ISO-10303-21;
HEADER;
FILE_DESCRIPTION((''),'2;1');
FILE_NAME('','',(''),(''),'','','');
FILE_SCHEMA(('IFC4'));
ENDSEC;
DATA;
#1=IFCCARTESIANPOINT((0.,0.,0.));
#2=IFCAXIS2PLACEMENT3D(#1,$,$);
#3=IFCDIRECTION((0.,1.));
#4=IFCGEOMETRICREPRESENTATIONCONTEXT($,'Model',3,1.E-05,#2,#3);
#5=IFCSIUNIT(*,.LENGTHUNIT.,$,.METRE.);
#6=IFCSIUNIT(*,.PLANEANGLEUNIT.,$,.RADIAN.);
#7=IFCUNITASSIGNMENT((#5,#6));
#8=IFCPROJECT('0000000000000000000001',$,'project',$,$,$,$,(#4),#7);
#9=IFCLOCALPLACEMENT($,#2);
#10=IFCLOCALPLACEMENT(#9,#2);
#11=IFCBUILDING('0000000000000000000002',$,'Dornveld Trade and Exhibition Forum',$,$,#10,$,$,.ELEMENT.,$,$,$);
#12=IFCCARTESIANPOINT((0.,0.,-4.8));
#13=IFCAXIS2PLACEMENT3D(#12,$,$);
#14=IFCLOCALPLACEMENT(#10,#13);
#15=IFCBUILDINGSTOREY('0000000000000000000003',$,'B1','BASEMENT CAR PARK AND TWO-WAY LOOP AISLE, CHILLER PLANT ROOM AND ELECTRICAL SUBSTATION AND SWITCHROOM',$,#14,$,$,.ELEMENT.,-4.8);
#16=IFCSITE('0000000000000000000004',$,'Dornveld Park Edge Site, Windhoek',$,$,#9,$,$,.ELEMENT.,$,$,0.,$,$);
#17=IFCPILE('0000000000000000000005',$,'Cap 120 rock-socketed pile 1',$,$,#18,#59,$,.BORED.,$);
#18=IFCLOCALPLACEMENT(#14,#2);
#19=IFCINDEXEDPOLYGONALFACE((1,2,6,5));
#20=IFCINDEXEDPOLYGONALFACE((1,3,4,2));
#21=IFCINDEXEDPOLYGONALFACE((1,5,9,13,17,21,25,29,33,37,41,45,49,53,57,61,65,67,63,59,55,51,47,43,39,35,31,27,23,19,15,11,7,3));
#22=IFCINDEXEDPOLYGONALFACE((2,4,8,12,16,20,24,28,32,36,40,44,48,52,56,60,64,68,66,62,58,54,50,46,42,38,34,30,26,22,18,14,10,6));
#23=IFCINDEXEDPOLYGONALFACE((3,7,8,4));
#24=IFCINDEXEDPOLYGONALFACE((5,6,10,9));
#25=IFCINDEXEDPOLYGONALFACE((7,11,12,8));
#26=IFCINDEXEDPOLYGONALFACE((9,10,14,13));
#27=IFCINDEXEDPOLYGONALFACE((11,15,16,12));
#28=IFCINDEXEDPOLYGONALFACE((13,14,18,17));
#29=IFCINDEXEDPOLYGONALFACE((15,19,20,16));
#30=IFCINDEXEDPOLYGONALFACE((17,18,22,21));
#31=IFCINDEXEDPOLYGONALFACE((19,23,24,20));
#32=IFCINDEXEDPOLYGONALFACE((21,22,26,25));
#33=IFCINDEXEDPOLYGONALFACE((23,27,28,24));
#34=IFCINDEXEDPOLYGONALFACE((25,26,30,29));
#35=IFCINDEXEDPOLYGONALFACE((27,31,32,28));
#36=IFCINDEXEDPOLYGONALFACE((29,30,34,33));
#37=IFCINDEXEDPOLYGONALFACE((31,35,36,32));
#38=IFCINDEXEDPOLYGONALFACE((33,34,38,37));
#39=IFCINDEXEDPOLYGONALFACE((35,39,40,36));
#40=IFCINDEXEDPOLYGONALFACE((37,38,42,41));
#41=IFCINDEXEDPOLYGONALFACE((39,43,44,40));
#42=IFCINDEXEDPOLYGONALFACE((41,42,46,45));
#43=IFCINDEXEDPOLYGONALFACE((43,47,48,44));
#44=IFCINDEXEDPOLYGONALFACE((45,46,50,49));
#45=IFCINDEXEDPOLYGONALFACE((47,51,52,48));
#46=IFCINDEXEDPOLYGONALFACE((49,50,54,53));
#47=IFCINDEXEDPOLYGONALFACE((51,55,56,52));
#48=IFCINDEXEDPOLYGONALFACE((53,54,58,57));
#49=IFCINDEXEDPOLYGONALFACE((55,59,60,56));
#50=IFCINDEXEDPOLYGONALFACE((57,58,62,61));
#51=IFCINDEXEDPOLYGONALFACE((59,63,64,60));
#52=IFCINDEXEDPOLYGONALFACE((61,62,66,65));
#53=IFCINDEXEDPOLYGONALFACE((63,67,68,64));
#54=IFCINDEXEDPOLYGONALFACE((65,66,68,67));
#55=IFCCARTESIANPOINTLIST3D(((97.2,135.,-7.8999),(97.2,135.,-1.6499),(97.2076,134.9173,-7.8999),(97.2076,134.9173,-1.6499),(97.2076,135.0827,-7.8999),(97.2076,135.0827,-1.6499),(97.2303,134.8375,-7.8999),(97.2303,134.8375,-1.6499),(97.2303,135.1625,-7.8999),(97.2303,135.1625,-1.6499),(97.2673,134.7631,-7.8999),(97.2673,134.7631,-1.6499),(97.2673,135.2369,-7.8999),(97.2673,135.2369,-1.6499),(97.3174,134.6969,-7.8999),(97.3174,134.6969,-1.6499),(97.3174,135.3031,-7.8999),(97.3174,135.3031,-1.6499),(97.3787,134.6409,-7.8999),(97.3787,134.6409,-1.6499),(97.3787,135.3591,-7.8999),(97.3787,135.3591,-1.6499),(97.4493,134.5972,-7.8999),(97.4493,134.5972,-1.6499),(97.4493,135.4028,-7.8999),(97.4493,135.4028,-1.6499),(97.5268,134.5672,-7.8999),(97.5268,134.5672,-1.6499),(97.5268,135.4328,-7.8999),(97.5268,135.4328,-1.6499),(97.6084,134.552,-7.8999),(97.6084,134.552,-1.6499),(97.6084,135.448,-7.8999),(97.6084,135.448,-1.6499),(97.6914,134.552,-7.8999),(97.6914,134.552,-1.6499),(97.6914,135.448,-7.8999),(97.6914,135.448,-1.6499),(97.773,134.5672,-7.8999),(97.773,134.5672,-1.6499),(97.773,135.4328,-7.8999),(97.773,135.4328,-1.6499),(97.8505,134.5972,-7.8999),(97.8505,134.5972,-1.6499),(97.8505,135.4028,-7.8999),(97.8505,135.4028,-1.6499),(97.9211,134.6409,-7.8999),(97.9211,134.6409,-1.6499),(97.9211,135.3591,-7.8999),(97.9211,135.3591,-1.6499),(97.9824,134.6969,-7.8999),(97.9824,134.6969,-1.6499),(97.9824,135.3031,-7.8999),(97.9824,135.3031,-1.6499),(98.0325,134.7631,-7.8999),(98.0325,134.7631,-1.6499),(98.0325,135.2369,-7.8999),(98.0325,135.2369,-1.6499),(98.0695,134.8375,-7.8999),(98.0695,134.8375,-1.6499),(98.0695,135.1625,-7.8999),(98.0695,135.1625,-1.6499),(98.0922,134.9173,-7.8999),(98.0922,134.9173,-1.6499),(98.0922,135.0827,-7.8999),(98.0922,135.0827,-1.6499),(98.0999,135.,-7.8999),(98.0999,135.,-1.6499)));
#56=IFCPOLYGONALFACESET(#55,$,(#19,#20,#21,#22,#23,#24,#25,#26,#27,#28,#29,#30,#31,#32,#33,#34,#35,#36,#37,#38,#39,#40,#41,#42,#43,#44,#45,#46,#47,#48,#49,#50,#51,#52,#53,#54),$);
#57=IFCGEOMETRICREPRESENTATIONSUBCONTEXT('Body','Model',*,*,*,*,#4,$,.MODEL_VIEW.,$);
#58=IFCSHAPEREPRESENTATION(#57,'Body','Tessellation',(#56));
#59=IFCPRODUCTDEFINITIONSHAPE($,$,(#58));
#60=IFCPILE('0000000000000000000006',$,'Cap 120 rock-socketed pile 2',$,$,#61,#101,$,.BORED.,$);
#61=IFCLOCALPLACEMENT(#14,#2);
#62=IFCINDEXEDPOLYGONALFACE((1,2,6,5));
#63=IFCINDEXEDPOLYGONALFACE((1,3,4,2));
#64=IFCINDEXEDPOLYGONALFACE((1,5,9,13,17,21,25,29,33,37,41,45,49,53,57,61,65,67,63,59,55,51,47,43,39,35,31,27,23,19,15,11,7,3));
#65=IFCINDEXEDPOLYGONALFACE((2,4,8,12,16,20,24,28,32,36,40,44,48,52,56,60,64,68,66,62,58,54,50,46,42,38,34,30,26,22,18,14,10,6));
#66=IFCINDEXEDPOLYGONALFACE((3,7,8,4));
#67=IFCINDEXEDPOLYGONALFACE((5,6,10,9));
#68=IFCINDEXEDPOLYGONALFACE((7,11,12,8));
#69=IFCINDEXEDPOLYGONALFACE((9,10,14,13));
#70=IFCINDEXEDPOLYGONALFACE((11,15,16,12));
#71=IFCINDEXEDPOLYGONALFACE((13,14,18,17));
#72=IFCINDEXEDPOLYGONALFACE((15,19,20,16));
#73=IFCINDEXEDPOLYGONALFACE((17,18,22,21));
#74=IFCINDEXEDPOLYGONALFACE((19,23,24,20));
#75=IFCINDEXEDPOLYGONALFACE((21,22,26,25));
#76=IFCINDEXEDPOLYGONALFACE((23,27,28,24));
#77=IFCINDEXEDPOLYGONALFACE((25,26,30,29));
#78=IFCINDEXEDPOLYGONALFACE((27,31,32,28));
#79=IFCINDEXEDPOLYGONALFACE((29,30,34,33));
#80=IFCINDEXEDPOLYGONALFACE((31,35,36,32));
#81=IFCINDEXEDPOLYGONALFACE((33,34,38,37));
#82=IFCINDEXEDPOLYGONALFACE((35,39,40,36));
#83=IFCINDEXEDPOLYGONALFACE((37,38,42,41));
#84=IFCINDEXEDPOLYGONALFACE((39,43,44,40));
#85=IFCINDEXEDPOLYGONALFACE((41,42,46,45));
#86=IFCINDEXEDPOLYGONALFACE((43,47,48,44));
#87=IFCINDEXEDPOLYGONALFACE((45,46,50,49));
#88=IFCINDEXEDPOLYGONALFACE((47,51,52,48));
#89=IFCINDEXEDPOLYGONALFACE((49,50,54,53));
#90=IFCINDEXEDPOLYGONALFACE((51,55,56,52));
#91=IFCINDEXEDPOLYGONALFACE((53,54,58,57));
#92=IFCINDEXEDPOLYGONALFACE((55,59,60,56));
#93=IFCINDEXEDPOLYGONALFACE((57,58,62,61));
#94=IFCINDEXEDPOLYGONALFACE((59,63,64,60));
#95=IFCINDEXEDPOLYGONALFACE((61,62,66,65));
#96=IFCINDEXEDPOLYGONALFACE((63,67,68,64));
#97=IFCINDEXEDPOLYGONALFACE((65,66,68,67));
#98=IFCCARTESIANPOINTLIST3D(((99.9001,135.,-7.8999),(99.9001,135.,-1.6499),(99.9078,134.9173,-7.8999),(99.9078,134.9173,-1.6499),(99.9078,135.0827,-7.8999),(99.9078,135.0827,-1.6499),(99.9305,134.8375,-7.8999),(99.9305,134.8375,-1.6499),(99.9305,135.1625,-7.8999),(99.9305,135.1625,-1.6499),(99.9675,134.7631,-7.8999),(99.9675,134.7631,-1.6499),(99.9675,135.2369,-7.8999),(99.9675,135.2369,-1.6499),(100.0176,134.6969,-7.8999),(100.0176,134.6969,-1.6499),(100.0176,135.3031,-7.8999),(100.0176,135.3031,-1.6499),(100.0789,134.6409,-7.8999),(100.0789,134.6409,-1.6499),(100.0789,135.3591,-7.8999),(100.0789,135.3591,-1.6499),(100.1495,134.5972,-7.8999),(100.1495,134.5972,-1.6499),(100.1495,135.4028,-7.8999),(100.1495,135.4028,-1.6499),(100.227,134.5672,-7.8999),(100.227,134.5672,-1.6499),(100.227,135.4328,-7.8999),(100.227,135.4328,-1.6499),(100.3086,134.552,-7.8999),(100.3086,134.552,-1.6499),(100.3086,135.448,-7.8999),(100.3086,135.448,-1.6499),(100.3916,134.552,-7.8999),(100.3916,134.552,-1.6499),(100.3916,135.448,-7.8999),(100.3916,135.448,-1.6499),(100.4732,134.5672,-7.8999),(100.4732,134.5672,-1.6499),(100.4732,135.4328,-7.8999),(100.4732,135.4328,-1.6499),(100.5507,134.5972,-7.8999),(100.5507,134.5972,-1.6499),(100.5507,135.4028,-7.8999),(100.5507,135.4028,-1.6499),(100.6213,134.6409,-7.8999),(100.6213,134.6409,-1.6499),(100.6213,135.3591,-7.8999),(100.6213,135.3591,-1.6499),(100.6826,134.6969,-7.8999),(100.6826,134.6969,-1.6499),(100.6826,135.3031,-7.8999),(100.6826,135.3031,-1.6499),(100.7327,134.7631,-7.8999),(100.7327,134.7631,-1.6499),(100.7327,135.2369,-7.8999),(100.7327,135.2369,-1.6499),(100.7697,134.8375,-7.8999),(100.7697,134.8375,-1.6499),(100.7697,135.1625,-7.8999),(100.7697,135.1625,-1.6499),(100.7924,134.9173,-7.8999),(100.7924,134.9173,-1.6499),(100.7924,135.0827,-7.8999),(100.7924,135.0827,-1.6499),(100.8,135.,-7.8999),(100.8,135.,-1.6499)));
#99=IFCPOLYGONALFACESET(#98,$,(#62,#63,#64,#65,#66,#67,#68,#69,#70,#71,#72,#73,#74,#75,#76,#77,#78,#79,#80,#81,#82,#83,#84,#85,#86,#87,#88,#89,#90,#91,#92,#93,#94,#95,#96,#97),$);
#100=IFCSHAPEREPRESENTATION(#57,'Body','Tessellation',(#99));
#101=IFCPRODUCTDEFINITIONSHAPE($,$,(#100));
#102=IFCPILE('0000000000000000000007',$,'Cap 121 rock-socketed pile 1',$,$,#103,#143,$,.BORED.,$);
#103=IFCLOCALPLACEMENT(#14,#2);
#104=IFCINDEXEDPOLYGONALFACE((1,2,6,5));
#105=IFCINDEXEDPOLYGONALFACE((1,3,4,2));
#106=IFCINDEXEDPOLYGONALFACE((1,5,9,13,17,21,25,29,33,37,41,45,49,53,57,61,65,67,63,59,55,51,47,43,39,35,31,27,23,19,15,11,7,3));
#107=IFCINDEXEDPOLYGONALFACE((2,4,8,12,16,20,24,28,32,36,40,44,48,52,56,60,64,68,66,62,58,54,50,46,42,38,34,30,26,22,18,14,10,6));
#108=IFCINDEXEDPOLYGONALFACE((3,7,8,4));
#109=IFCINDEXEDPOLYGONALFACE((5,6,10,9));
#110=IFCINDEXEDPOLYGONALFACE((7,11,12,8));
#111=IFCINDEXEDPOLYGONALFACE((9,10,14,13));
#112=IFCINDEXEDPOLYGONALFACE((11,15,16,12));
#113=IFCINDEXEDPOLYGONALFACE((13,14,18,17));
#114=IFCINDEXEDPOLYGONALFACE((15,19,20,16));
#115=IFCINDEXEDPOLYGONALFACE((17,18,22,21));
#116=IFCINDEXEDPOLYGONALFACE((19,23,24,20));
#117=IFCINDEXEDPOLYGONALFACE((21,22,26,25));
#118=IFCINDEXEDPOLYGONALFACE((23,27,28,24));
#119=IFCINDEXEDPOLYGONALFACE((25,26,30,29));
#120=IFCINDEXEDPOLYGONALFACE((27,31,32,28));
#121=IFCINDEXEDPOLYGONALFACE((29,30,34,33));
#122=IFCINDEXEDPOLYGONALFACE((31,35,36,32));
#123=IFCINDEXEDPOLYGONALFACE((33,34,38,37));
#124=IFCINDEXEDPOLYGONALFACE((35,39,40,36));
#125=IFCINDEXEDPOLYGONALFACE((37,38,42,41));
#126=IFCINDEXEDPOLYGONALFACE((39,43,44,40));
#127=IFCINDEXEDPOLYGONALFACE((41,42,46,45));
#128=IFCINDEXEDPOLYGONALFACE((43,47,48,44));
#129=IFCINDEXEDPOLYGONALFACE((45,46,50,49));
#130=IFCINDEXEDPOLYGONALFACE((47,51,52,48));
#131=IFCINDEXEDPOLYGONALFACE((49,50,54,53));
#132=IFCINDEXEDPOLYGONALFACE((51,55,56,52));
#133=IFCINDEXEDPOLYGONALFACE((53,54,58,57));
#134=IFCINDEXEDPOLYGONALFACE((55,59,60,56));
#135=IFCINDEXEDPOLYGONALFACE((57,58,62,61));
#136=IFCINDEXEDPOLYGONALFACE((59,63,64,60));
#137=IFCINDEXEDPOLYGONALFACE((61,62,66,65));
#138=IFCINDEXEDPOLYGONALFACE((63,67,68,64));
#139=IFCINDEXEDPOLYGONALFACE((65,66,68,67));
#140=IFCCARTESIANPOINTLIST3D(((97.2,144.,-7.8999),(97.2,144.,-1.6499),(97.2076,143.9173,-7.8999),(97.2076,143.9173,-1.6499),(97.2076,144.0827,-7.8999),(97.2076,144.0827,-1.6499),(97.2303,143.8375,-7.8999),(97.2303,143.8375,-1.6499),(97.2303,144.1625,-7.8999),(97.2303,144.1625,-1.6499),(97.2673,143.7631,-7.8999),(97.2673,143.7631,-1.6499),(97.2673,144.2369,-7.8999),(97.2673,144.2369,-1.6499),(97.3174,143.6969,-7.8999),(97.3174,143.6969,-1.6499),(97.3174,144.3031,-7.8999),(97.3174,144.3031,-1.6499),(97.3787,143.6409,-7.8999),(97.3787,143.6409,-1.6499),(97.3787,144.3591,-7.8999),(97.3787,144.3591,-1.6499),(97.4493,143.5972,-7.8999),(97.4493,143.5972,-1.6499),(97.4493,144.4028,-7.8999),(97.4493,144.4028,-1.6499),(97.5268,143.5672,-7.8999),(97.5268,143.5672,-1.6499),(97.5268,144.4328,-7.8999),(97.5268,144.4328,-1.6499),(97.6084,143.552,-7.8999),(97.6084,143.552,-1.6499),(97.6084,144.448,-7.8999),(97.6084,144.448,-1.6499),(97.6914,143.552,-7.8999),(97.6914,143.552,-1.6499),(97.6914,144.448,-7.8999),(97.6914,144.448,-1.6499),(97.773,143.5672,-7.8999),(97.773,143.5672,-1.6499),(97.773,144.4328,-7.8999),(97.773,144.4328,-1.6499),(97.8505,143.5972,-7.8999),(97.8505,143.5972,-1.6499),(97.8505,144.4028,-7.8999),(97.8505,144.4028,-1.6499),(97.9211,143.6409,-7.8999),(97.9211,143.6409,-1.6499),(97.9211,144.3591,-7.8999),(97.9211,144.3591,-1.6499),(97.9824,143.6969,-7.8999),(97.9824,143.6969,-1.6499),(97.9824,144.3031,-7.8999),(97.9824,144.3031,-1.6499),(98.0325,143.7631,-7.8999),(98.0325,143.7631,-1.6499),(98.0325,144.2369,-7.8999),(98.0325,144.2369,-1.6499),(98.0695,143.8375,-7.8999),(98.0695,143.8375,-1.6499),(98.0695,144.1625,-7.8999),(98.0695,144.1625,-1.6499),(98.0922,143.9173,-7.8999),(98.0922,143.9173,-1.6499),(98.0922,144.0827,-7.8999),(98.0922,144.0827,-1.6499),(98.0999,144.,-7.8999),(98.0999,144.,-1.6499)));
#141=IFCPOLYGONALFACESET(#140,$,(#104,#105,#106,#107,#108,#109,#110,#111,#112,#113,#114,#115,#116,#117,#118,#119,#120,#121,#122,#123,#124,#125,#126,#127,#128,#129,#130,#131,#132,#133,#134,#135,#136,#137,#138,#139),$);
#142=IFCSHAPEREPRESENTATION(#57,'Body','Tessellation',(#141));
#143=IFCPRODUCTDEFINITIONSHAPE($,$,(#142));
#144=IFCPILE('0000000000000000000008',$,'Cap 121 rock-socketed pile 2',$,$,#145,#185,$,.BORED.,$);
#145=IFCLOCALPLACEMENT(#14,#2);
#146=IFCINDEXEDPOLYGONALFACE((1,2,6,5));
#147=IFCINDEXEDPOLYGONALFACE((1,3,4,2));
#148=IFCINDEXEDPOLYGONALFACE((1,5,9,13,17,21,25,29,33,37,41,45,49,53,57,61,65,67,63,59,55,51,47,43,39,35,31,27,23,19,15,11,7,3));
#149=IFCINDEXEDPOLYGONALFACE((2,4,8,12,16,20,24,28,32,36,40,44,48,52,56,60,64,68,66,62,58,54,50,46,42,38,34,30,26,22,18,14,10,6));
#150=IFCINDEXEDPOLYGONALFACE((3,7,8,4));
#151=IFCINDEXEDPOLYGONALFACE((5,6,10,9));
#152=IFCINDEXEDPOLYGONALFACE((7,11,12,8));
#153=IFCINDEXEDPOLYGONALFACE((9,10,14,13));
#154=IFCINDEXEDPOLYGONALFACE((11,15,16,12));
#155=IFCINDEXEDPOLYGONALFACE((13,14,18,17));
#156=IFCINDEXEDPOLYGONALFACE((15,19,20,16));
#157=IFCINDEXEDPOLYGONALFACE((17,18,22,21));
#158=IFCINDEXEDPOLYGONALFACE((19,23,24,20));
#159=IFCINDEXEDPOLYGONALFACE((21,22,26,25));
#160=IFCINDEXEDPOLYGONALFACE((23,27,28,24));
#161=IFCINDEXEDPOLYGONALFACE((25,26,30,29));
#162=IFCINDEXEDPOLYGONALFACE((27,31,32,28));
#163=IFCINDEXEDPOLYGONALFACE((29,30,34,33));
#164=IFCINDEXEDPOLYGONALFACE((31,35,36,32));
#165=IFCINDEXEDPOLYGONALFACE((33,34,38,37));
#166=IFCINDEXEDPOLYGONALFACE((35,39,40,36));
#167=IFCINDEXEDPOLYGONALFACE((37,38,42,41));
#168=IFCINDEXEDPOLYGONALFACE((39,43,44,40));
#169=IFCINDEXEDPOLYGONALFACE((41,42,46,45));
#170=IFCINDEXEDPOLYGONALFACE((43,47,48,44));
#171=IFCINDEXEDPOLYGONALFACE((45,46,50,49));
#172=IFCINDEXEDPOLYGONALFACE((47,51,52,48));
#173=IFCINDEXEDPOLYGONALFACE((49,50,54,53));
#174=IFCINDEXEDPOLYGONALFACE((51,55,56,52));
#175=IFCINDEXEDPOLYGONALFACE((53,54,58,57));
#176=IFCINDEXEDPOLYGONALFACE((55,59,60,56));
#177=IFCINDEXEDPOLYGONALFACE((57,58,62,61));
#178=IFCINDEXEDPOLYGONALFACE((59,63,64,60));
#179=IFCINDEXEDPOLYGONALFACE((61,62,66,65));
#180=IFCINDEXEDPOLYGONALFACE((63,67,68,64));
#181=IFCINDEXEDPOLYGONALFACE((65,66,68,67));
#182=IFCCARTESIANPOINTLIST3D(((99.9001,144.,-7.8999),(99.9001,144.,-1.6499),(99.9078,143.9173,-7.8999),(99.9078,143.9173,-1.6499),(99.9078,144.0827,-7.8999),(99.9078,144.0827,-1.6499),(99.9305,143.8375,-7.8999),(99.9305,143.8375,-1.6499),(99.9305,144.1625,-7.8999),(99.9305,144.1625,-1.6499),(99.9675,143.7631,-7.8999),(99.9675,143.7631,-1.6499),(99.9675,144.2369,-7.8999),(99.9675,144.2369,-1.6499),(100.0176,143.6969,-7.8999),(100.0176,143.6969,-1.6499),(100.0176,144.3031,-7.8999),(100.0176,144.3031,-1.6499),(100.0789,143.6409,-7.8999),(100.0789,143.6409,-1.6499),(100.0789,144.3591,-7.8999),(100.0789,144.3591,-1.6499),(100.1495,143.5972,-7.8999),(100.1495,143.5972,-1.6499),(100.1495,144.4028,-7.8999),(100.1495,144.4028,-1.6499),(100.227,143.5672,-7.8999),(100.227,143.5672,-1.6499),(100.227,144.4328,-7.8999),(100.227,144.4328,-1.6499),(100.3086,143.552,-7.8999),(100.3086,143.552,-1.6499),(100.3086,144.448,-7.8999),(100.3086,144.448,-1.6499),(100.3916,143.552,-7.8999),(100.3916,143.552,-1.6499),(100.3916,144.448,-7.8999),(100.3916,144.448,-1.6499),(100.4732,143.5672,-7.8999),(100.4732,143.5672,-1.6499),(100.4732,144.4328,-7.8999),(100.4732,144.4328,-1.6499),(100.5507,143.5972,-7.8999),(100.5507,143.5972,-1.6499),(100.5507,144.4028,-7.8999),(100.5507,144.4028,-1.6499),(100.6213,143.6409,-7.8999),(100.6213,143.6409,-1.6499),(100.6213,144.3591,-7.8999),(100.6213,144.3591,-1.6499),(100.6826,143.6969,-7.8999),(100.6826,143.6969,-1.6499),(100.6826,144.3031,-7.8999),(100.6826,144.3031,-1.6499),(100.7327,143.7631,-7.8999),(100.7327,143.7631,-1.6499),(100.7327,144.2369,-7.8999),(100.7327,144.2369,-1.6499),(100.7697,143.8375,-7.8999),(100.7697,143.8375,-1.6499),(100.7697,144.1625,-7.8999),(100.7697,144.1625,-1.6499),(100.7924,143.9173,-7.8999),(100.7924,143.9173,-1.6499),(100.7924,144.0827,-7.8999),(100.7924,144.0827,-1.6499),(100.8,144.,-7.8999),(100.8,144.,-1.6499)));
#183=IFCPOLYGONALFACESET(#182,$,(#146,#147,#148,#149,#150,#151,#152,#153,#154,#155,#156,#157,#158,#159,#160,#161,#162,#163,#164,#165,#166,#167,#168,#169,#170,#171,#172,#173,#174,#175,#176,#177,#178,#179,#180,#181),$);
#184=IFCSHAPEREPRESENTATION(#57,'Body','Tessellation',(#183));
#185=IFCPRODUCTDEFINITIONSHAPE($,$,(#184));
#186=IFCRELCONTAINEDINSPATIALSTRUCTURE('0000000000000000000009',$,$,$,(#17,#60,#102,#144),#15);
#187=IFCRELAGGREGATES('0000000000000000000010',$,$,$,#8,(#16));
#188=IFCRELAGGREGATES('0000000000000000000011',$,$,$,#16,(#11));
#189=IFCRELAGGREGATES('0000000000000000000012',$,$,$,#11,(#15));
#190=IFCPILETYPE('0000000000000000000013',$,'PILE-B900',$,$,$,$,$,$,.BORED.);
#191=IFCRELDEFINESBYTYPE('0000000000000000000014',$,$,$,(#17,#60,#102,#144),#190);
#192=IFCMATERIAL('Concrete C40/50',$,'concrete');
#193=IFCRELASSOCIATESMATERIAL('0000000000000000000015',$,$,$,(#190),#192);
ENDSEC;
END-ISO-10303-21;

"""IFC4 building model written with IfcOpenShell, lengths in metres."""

from ifc_helpers import new_model, si_unit, direction, frame, origin, origin_2d, place, context, subcontext, project, spatial, circle, extrude, material, material_profile, profile_set, type_object, element, save


model = new_model("IFC4")

# Units and contexts
model_context = context("Model", 3, precision=1e-05, world=origin(), true_north=direction((0.0, 1.0)))
body_context = subcontext(model_context, "Body", "Model", "MODEL_VIEW")
ifc_project = project(units=[si_unit("LENGTHUNIT", "METRE"), si_unit("PLANEANGLEUNIT", "RADIAN")], contexts=[model_context])

# Site, building, storey
site_placement = place(None, origin())
site = spatial("IfcSite", under=ifc_project, at=site_placement, Name="Dornveld Park Edge Site, Windhoek", CompositionType="ELEMENT", RefElevation=0.0)
building_placement = place(site_placement, origin())
building = spatial("IfcBuilding", under=site, at=building_placement, Name="Dornveld Trade and Exhibition Forum", CompositionType="ELEMENT")
storey_placement = place(building_placement, frame((0.0, 0.0, -4.8)))
storey = spatial("IfcBuildingStorey", under=building, at=storey_placement, Name="B1", Description="BASEMENT CAR PARK AND TWO-WAY LOOP AISLE, CHILLER PLANT ROOM AND ELECTRICAL SUBSTATION AND SWITCHROOM", CompositionType="ELEMENT", Elevation=-4.8)

# Piles
ifc_material_1 = material(Name="Concrete C40/50", Category="concrete")
ifc_material_profile_1 = material_profile(ifc_material_1, circle(Radius=0.45, at=origin_2d()), Name="PILE D900")
ifc_profile_set_1 = profile_set([ifc_material_profile_1], Name="Concrete C40/50")
pile_type = type_object("IfcPileType", Name="PILE-B900", PredefinedType="BORED", material=ifc_profile_set_1)
for number, where, z_axis, x_axis, name in (
    (1, (97.6499, 135.0, -1.6499), (0.0, 0.0, -1.0), (1.0, 0.0, 0.0), "Cap 120 rock-socketed pile 1"),
    (2, (100.3501, 135.0, -1.6499), (0.0, 0.0, -1.0), (1.0, 0.0, 0.0), "Cap 120 rock-socketed pile 2"),
    (3, (97.6499, 144.0, -1.6499), (0.0, 0.0, -1.0), (1.0, 0.0, 0.0), "Cap 121 rock-socketed pile 1"),
    (4, (100.3501, 144.0, -1.6499), (0.0, 0.0, -1.0), (1.0, 0.0, 0.0), "Cap 121 rock-socketed pile 2"),
):
    element("IfcPile", number, at=place(storey_placement, frame(where, z_axis=z_axis, x_axis=x_axis)), inside=storey, type_object=pile_type, Name=name, PredefinedType="BORED", context=body_context, shape_type="SweptSolid", body=[
        extrude(circle(Radius=0.45, at=origin_2d()), origin(), (0.0, 0.0, 1.0), 6.25),
    ])

save(model, "model.ifc")
